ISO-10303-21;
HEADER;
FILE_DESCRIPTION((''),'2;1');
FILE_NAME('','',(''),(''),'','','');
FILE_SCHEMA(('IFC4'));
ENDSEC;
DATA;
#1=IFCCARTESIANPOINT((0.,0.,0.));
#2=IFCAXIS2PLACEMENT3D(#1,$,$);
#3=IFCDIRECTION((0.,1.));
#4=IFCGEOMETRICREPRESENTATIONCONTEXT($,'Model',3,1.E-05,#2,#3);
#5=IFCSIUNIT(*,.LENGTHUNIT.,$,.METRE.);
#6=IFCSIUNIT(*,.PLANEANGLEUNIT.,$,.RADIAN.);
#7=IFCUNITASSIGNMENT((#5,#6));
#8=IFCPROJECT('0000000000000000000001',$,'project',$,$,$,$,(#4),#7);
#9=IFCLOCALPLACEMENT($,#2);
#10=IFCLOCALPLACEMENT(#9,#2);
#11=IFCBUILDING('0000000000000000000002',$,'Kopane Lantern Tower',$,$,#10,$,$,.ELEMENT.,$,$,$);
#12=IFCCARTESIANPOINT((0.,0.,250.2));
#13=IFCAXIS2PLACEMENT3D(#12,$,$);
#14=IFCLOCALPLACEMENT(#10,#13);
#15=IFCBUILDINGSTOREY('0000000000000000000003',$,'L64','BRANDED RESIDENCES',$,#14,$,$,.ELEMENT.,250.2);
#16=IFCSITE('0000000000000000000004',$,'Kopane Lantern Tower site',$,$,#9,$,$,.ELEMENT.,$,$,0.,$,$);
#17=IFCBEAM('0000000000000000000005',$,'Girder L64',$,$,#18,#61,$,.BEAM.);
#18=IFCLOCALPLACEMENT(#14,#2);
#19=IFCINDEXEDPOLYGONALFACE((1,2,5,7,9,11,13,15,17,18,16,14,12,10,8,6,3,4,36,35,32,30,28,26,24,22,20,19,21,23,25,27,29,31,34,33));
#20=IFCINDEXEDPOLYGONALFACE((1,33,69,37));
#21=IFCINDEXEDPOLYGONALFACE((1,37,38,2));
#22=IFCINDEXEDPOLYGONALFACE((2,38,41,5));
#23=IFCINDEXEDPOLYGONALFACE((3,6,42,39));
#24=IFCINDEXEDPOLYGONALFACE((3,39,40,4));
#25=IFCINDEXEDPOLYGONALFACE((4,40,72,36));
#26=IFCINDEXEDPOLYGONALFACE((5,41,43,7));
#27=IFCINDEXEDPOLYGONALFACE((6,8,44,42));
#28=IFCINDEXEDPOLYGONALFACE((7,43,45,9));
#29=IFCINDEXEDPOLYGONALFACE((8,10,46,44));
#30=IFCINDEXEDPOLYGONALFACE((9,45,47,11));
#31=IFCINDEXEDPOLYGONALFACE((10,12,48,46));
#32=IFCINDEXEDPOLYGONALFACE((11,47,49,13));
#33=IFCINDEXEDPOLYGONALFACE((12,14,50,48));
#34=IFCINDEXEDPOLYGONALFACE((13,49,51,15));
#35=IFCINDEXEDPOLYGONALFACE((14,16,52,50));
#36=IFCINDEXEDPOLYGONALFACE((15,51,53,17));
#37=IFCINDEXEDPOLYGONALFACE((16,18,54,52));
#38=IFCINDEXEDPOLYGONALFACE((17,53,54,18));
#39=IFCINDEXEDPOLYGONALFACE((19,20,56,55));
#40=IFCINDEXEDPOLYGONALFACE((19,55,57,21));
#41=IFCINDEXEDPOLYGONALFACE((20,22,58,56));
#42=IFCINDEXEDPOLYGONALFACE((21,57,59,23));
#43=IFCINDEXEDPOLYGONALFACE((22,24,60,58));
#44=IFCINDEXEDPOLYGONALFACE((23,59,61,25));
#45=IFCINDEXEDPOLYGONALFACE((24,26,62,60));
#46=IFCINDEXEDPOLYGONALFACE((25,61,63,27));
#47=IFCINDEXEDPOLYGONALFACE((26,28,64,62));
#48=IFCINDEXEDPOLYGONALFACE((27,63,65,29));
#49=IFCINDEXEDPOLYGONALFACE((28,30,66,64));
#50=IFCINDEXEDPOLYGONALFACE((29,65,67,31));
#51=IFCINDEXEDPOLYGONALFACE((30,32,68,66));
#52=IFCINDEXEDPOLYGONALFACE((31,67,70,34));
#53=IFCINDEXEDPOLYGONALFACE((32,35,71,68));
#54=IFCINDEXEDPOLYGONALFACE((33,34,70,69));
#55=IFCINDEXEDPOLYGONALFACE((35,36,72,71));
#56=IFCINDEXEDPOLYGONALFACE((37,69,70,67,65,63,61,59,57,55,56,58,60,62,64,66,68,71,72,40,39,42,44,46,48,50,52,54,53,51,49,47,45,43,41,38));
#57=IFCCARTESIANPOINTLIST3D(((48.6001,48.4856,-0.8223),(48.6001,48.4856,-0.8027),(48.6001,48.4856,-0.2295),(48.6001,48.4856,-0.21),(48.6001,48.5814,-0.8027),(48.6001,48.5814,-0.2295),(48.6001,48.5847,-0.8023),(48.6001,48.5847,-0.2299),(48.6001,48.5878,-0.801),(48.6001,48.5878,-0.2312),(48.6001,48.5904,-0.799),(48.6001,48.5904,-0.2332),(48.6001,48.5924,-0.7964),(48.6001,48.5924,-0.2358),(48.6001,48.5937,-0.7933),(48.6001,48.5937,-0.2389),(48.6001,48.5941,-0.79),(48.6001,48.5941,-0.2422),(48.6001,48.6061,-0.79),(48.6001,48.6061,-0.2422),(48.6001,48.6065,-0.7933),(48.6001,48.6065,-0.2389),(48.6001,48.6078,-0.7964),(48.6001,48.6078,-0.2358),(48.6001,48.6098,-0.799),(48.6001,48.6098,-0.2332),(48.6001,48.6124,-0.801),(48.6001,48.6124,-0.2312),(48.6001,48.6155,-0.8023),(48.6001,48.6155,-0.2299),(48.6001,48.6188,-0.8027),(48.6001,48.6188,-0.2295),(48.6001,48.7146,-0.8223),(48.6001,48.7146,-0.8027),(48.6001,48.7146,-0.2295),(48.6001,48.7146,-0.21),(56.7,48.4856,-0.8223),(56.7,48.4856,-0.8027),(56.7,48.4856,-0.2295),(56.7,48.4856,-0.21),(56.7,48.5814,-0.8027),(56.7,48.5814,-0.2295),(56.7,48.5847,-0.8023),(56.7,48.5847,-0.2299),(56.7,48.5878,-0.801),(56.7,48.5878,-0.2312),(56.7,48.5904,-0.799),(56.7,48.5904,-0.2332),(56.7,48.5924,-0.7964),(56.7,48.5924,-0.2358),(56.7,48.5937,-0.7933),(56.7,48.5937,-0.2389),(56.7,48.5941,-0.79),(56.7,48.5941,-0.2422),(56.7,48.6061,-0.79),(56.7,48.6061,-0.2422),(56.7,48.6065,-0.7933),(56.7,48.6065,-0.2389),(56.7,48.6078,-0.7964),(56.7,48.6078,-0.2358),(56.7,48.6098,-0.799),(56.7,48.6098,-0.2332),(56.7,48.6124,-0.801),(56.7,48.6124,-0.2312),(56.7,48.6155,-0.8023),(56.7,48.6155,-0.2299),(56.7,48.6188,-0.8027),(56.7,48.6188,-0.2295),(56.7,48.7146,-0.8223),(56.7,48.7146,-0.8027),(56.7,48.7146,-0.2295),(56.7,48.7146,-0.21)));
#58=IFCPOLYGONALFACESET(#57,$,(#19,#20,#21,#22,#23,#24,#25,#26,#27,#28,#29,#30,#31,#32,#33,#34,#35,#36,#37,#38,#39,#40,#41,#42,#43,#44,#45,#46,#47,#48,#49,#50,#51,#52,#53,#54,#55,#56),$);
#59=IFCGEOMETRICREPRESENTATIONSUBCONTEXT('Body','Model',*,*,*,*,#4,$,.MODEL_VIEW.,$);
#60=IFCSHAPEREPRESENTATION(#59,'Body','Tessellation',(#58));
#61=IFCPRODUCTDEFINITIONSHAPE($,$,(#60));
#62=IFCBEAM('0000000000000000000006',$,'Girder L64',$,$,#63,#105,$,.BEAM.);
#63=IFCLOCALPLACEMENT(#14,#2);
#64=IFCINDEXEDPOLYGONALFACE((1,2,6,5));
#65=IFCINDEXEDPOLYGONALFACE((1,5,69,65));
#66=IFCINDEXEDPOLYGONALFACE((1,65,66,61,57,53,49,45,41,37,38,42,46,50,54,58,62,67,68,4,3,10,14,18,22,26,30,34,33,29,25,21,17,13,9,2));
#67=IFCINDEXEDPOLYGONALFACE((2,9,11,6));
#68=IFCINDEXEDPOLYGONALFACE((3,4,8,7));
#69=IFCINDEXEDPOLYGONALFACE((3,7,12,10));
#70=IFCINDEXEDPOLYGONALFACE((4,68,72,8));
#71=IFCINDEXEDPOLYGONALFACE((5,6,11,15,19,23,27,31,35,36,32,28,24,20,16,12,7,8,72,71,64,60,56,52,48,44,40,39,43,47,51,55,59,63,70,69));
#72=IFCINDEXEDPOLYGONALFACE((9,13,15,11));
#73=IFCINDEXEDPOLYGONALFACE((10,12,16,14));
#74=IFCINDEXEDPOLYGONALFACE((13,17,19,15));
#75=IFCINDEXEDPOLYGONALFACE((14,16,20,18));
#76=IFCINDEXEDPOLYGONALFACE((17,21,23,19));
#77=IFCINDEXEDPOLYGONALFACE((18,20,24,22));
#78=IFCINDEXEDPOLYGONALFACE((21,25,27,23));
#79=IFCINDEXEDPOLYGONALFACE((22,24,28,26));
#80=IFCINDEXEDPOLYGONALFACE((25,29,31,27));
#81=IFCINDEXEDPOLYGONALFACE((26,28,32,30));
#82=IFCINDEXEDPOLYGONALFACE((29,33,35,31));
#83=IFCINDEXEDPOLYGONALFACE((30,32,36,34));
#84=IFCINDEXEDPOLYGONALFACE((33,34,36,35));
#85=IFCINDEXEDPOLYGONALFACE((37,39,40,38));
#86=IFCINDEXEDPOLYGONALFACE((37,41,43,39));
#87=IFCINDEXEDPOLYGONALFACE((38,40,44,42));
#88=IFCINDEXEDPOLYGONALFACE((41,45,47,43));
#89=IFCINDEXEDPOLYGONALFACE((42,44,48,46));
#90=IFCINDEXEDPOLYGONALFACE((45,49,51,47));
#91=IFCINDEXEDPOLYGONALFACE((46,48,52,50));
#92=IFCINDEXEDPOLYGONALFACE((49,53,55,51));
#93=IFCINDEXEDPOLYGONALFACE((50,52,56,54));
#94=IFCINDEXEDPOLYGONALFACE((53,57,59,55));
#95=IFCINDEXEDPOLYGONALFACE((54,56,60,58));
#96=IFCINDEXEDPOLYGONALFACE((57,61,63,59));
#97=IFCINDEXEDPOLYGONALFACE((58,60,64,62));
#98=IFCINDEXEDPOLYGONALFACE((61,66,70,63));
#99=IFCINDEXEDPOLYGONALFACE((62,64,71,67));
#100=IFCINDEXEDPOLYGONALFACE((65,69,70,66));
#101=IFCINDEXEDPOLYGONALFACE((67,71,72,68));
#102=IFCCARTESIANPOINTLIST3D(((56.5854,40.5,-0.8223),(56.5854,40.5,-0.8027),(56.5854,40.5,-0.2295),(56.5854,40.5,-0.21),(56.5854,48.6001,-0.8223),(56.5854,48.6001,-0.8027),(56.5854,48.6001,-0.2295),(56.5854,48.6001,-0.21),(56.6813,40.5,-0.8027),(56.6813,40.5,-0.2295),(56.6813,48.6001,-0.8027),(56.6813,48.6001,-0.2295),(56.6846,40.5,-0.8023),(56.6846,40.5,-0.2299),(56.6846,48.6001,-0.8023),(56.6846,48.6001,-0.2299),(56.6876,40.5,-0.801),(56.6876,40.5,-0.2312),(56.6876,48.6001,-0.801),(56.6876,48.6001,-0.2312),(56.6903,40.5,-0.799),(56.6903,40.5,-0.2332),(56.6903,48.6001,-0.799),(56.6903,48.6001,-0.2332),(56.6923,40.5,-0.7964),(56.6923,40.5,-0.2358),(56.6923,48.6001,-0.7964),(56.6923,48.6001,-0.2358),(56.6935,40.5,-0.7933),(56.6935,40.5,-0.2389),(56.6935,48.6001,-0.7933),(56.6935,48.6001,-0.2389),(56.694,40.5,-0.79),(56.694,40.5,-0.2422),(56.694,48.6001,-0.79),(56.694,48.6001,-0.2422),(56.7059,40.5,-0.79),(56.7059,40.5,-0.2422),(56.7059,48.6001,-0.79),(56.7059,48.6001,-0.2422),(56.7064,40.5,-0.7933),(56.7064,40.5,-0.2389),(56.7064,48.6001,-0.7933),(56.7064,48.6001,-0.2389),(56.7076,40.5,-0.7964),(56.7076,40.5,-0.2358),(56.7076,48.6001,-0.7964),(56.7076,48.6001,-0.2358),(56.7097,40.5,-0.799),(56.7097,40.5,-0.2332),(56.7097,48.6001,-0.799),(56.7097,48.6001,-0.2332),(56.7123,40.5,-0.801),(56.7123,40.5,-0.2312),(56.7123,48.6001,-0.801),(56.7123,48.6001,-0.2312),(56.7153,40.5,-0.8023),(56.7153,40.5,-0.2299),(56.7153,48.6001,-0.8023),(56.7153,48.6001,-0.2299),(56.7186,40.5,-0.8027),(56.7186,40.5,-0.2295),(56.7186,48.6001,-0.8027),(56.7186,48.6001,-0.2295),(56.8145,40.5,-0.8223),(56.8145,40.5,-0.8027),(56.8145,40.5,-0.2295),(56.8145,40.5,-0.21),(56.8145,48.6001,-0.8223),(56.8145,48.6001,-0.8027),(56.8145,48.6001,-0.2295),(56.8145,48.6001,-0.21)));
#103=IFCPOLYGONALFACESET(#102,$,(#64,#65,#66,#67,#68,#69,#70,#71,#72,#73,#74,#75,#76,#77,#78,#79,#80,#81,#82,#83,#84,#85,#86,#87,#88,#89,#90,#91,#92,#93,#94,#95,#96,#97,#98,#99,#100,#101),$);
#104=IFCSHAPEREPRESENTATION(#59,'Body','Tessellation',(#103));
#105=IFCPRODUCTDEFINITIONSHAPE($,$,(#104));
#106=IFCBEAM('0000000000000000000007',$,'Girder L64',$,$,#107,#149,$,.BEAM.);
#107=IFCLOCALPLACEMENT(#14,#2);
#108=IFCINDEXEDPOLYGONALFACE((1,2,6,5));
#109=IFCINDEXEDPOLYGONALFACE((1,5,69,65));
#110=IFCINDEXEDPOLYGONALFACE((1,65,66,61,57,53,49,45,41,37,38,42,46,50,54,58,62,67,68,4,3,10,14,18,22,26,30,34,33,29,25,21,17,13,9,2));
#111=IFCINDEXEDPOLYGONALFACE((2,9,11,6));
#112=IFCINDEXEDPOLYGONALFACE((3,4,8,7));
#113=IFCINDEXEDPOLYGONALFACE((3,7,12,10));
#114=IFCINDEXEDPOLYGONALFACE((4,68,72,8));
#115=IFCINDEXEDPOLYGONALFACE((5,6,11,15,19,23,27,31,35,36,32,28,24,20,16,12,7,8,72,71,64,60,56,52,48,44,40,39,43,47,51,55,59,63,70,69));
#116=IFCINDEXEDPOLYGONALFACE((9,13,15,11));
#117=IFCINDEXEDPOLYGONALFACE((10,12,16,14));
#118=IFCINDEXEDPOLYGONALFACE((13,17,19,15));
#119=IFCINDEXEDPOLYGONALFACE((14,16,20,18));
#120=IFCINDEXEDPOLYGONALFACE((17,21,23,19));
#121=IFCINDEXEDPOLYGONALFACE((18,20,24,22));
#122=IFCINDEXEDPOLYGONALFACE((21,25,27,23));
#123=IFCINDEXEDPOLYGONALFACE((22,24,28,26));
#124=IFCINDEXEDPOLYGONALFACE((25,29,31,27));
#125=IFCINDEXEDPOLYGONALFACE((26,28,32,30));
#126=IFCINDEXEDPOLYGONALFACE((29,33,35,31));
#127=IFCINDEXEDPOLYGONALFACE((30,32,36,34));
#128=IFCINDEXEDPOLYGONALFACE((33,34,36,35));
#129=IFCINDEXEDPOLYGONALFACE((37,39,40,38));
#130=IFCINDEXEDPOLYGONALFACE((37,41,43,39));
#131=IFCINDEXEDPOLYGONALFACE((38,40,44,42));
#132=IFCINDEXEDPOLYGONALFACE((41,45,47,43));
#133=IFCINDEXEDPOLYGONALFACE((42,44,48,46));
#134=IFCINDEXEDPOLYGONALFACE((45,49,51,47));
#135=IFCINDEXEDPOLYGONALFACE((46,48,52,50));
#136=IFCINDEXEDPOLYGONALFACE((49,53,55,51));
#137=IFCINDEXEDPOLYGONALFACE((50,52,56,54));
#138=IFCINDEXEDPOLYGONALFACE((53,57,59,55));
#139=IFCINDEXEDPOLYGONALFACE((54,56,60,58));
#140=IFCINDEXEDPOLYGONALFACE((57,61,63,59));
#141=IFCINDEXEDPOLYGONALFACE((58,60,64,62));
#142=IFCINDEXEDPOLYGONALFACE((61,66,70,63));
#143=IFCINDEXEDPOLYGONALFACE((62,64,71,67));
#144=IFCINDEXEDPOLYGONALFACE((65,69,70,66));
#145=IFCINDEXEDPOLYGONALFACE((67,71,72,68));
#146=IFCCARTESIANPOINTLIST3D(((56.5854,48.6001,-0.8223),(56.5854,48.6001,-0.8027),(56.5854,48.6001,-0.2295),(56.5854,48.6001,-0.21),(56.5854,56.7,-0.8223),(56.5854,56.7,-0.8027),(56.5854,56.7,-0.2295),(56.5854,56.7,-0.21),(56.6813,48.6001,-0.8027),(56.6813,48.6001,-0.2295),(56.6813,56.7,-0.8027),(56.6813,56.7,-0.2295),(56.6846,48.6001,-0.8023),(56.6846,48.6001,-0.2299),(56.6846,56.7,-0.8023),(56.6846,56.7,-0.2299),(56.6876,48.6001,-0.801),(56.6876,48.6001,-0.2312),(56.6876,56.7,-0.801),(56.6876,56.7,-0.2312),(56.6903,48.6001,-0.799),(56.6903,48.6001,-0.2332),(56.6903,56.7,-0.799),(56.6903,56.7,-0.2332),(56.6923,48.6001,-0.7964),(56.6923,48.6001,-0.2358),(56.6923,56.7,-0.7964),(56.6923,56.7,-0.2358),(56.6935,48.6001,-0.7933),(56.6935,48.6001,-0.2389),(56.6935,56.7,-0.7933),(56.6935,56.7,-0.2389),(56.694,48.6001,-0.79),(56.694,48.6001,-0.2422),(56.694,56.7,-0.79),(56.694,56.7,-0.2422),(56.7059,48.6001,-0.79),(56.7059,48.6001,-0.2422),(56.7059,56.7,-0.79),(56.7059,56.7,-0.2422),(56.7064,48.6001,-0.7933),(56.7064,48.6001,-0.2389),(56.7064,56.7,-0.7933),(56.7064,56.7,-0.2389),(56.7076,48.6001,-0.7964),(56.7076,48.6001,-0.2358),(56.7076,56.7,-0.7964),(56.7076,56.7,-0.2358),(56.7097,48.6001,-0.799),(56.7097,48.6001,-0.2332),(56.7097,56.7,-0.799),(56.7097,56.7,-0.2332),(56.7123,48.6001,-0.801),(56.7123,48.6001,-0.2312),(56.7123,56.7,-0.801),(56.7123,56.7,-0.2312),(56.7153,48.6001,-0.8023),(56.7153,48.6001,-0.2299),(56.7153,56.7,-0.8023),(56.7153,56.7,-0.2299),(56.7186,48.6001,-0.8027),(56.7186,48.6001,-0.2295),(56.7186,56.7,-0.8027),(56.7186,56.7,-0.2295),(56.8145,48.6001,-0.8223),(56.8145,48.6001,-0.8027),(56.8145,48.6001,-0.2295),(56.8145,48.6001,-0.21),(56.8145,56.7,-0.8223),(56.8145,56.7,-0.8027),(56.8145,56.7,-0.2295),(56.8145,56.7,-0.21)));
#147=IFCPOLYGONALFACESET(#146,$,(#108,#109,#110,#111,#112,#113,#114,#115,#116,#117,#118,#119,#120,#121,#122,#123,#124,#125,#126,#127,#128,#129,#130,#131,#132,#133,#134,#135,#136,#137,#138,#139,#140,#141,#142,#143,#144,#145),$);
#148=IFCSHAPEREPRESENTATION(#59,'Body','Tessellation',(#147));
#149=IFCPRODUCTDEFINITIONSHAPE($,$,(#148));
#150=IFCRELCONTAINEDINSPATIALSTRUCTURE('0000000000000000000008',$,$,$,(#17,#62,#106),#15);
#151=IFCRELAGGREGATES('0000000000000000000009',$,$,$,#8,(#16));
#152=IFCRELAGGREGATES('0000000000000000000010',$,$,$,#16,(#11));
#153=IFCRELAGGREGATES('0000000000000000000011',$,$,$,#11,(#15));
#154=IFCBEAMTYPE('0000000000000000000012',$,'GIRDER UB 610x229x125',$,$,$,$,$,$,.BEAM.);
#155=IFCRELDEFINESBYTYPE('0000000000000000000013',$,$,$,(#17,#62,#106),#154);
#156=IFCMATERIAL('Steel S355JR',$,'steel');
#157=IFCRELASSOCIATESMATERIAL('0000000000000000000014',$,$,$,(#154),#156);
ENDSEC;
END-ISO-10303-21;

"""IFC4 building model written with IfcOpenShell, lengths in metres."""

from ifc_helpers import new_model, si_unit, direction, frame, origin, origin_2d, place, context, subcontext, project, spatial, i_section, extrude, material, material_profile, profile_set, type_object, element, save


model = new_model("IFC4")

# Units and contexts
model_context = context("Model", 3, precision=1e-05, world=origin(), true_north=direction((0.0, 1.0)))
body_context = subcontext(model_context, "Body", "Model", "MODEL_VIEW")
ifc_project = project(units=[si_unit("LENGTHUNIT", "METRE"), si_unit("PLANEANGLEUNIT", "RADIAN")], contexts=[model_context])

# Site, building, storey
site_placement = place(None, origin())
site = spatial("IfcSite", under=ifc_project, at=site_placement, Name="Kopane Lantern Tower site", CompositionType="ELEMENT", RefElevation=0.0)
building_placement = place(site_placement, origin())
building = spatial("IfcBuilding", under=site, at=building_placement, Name="Kopane Lantern Tower", CompositionType="ELEMENT")
storey_placement = place(building_placement, frame((0.0, 0.0, 250.2)))
storey = spatial("IfcBuildingStorey", under=building, at=storey_placement, Name="L64", Description="BRANDED RESIDENCES", CompositionType="ELEMENT", Elevation=250.2)

# Beams
ifc_material_1 = material(Name="Steel S355JR", Category="steel")
ifc_material_profile_1 = material_profile(ifc_material_1, i_section(OverallWidth=0.229, OverallDepth=0.6123, WebThickness=0.012, FlangeThickness=0.0195, FilletRadius=0.0127, at=origin_2d()), Name="UB 610x229x125")
ifc_profile_set_1 = profile_set([ifc_material_profile_1], Name="Steel S355JR")
beam_type = type_object("IfcBeamType", Name="GIRDER UB 610x229x125", PredefinedType="BEAM", material=ifc_profile_set_1)
for number, where, z_axis, x_axis, name in (
    (1, (48.6001, 48.6001, -0.5161), (1.0, 0.0, 0.0), (0.0, 1.0, 0.0), "Girder L64"),
):
    element("IfcBeam", number, at=place(storey_placement, frame(where, z_axis=z_axis, x_axis=x_axis)), inside=storey, type_object=beam_type, Name=name, PredefinedType="BEAM", context=body_context, shape_type="SweptSolid", body=[
        extrude(i_section(OverallWidth=0.229, OverallDepth=0.6123, WebThickness=0.012, FlangeThickness=0.0195, FilletRadius=0.0127, at=origin_2d()), origin(), (0.0, 0.0, 1.0), 8.0999),
    ])
beam_1_placement = place(storey_placement, frame((56.7, 40.5, -0.5161), z_axis=(0.0, 1.0, 0.0), x_axis=(-1.0, 0.0, 0.0)))
element("IfcBeam", 2, at=beam_1_placement, inside=storey, type_object=beam_type, Name="Girder L64", PredefinedType="BEAM", context=body_context, shape_type="SweptSolid", body=[
    extrude(i_section(OverallWidth=0.229, OverallDepth=0.6123, WebThickness=0.012, FlangeThickness=0.0195, FilletRadius=0.0127, at=origin_2d()), origin(), (0.0, 0.0, 1.0), 8.1001),
])
beam_2_placement = place(storey_placement, frame((56.7, 48.6001, -0.5161), z_axis=(0.0, 1.0, 0.0), x_axis=(-1.0, 0.0, 0.0)))
element("IfcBeam", 3, at=beam_2_placement, inside=storey, type_object=beam_type, Name="Girder L64", PredefinedType="BEAM", context=body_context, shape_type="SweptSolid", body=[
    extrude(i_section(OverallWidth=0.229, OverallDepth=0.6123, WebThickness=0.012, FlangeThickness=0.0195, FilletRadius=0.0127, at=origin_2d()), origin(), (0.0, 0.0, 1.0), 8.0999),
])

save(model, "model.ifc")
